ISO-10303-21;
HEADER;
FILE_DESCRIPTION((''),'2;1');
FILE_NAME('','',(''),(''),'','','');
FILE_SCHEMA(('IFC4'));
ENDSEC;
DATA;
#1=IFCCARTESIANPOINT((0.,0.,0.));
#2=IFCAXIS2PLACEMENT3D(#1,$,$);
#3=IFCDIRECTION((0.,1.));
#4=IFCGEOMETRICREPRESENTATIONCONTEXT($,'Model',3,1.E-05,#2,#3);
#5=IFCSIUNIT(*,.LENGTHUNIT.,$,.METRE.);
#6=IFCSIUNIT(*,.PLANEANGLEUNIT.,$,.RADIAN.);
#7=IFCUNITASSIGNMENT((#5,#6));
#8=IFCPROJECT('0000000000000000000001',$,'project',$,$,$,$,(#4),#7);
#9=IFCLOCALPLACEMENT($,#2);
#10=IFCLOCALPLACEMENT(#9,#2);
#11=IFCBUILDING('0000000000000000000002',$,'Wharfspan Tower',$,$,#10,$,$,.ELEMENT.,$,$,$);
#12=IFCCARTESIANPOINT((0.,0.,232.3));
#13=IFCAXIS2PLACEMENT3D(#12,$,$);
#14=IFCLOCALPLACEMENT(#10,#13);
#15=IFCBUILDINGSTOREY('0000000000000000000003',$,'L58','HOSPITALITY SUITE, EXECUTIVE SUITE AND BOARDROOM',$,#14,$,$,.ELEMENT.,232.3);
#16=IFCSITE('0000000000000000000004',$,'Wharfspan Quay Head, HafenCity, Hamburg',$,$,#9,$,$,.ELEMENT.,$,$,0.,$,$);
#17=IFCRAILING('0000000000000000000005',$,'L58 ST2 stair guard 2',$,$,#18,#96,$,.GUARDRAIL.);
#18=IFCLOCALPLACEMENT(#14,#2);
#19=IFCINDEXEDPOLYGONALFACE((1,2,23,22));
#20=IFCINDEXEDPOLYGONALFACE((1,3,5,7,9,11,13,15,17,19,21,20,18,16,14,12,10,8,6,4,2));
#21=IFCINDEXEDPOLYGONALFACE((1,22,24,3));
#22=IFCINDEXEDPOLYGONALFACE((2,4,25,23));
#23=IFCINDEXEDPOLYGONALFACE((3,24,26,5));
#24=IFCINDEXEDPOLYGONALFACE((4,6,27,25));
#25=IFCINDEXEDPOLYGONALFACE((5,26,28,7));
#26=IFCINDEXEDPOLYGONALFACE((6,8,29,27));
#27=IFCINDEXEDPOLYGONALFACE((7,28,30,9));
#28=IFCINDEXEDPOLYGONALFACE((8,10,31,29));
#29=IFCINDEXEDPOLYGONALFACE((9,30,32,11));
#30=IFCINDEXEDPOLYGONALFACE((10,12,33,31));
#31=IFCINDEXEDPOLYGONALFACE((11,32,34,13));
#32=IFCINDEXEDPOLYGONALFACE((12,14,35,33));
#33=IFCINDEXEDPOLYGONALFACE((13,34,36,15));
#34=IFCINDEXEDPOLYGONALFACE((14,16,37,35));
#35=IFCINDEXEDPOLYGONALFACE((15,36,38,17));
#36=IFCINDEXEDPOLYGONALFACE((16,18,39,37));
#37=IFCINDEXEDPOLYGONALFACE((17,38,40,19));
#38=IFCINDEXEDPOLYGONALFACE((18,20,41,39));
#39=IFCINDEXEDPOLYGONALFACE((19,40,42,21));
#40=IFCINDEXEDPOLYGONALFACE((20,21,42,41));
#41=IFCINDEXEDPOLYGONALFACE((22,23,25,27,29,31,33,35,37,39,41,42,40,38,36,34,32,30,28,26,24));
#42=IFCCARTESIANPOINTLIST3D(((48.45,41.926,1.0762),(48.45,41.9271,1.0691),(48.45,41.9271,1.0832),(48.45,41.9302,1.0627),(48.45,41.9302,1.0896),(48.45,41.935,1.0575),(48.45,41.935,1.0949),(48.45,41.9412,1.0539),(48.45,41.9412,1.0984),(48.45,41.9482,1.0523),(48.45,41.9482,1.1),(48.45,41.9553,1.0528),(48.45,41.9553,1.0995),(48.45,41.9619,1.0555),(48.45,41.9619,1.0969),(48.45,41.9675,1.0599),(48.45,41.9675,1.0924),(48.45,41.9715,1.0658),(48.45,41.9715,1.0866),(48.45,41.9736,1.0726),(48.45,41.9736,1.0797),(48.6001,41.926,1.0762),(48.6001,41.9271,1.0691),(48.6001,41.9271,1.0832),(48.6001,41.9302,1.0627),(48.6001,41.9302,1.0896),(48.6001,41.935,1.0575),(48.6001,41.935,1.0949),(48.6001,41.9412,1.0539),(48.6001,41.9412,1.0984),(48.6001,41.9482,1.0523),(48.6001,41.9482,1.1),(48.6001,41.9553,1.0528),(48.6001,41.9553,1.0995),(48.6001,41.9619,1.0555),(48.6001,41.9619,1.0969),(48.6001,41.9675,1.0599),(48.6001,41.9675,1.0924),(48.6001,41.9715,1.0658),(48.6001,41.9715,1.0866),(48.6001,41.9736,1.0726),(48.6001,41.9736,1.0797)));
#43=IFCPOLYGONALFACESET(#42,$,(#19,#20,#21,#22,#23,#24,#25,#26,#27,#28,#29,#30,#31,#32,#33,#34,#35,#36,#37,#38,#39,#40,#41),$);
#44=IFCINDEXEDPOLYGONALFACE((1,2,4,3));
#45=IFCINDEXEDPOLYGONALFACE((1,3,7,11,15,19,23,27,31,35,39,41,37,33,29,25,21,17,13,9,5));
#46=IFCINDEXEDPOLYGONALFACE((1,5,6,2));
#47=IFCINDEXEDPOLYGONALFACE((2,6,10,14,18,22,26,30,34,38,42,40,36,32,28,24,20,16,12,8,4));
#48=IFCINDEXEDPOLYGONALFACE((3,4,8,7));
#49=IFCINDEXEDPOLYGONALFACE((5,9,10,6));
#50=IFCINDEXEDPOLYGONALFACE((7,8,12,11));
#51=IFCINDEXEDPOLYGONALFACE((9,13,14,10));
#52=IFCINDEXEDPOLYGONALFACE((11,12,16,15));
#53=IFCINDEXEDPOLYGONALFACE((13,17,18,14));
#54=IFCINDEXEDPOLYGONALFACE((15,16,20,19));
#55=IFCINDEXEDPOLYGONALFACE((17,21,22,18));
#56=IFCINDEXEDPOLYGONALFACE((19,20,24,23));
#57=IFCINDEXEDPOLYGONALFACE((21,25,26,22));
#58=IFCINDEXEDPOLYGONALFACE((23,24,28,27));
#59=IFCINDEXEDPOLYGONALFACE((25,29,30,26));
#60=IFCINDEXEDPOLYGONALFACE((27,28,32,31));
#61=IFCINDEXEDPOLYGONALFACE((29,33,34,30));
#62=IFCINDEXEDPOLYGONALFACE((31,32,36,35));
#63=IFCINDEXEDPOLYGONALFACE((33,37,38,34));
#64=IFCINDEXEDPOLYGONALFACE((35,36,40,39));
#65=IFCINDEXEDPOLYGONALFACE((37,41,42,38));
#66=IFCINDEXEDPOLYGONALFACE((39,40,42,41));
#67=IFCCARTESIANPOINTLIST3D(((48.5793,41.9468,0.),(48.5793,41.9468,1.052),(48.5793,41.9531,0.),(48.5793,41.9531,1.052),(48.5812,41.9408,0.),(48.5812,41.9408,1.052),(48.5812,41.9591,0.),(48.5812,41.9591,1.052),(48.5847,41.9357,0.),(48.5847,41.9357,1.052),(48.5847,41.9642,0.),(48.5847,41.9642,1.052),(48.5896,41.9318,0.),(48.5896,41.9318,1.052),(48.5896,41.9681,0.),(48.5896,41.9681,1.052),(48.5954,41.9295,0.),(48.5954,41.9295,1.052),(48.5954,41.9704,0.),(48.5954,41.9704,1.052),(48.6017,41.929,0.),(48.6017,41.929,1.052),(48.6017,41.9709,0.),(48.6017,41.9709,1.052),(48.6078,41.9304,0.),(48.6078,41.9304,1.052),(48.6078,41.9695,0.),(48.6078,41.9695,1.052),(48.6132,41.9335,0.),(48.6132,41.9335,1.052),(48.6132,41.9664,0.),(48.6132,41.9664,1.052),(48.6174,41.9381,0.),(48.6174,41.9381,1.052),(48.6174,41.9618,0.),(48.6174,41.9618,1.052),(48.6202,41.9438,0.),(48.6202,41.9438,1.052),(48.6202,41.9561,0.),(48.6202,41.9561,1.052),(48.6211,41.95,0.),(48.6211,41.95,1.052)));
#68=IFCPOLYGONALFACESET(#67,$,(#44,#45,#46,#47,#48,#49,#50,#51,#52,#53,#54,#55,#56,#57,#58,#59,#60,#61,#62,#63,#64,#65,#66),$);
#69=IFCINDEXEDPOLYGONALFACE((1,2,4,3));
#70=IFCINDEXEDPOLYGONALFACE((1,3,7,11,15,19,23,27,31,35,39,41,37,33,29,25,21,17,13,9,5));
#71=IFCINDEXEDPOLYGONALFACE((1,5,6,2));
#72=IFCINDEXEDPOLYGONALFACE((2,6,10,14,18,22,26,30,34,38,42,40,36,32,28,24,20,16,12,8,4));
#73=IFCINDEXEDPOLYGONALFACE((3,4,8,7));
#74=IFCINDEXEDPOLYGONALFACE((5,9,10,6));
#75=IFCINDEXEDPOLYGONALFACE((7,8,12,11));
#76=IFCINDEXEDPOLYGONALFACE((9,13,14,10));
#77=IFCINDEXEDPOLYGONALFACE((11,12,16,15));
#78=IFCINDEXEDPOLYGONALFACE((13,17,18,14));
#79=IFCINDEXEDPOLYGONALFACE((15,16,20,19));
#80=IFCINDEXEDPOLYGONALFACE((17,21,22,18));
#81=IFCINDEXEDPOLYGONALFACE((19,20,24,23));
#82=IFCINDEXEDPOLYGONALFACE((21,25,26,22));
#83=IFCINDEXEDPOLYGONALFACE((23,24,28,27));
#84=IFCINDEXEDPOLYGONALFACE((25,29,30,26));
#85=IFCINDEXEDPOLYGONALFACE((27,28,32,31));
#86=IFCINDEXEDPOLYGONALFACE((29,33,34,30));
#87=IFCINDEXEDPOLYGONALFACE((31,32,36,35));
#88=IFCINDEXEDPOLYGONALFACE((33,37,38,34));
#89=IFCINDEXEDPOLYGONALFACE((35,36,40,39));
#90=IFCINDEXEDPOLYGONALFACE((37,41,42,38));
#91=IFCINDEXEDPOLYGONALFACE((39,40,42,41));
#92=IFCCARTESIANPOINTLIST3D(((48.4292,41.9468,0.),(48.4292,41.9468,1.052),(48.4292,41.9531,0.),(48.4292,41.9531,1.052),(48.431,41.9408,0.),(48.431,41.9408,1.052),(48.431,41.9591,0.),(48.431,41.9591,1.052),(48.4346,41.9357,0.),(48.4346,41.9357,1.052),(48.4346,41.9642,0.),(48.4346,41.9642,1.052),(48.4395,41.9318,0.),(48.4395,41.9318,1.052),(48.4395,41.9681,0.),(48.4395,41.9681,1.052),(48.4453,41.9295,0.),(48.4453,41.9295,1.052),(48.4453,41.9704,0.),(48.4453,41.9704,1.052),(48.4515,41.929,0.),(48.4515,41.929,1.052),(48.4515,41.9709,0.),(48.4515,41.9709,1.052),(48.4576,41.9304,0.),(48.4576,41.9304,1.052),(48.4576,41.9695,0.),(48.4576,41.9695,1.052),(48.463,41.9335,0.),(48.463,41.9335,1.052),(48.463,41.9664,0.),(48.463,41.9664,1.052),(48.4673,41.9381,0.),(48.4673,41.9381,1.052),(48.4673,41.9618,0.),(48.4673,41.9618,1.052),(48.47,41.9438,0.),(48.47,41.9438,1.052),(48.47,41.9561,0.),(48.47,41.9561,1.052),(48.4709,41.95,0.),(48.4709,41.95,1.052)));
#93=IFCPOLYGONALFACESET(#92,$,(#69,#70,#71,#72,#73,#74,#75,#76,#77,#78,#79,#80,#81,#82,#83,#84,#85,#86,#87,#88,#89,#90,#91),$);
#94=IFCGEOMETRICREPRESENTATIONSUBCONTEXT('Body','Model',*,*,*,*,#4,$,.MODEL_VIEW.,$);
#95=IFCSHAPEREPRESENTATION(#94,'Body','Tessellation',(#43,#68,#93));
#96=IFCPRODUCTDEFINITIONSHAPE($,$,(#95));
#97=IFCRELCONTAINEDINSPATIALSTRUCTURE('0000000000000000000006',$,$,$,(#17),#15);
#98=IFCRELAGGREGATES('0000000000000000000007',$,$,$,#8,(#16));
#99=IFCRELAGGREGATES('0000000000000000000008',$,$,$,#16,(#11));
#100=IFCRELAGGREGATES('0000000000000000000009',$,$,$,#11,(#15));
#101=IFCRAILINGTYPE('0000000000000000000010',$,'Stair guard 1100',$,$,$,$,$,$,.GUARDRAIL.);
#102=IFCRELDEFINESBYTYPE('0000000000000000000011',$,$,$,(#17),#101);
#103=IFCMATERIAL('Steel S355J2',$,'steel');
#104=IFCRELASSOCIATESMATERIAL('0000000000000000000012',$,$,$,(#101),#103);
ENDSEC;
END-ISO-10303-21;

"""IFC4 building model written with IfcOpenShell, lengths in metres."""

from ifc_helpers import new_model, si_unit, direction, frame, origin, origin_2d, place, context, subcontext, project, spatial, circle, extrude, material, type_object, element, save


model = new_model("IFC4")

# Units and contexts
model_context = context("Model", 3, precision=1e-05, world=origin(), true_north=direction((0.0, 1.0)))
body_context = subcontext(model_context, "Body", "Model", "MODEL_VIEW")
ifc_project = project(units=[si_unit("LENGTHUNIT", "METRE"), si_unit("PLANEANGLEUNIT", "RADIAN")], contexts=[model_context])

# Site, building, storey
site_placement = place(None, origin())
site = spatial("IfcSite", under=ifc_project, at=site_placement, Name="Wharfspan Quay Head, HafenCity, Hamburg", CompositionType="ELEMENT", RefElevation=0.0)
building_placement = place(site_placement, origin())
building = spatial("IfcBuilding", under=site, at=building_placement, Name="Wharfspan Tower", CompositionType="ELEMENT")
storey_placement = place(building_placement, frame((0.0, 0.0, 232.3)))
storey = spatial("IfcBuildingStorey", under=building, at=storey_placement, Name="L58", Description="HOSPITALITY SUITE, EXECUTIVE SUITE AND BOARDROOM", CompositionType="ELEMENT", Elevation=232.3)

# Shared definitions
ifc_material_1 = material(Name="Steel S355J2", Category="steel")

# Railing
railing_type_1 = type_object("IfcRailingType", Name="Stair guard 1100", PredefinedType="GUARDRAIL", material=ifc_material_1)
railing_1_placement = place(storey_placement, frame((48.6001, 41.95, 0.0)))
element("IfcRailing", 1, at=railing_1_placement, inside=storey, type_object=railing_type_1, Name="L58 ST2 stair guard 2", PredefinedType="GUARDRAIL", context=body_context, shape_type="SweptSolid", body=[
    extrude(circle(Radius=0.0239, at=origin_2d()), frame((0.0, 0.0, 1.0762), z_axis=(-1.0, 0.0, 0.0), x_axis=(0.0, -1.0, 0.0)), (0.0, 0.0, 1.0), 0.1501),
    extrude(circle(Radius=0.021, at=origin_2d()), origin(), (0.0, 0.0, 1.0), 1.052),
    extrude(circle(Radius=0.021, at=origin_2d()), frame((-0.1501, 0.0, 0.0)), (0.0, 0.0, 1.0), 1.052),
])

save(model, "model.ifc")
